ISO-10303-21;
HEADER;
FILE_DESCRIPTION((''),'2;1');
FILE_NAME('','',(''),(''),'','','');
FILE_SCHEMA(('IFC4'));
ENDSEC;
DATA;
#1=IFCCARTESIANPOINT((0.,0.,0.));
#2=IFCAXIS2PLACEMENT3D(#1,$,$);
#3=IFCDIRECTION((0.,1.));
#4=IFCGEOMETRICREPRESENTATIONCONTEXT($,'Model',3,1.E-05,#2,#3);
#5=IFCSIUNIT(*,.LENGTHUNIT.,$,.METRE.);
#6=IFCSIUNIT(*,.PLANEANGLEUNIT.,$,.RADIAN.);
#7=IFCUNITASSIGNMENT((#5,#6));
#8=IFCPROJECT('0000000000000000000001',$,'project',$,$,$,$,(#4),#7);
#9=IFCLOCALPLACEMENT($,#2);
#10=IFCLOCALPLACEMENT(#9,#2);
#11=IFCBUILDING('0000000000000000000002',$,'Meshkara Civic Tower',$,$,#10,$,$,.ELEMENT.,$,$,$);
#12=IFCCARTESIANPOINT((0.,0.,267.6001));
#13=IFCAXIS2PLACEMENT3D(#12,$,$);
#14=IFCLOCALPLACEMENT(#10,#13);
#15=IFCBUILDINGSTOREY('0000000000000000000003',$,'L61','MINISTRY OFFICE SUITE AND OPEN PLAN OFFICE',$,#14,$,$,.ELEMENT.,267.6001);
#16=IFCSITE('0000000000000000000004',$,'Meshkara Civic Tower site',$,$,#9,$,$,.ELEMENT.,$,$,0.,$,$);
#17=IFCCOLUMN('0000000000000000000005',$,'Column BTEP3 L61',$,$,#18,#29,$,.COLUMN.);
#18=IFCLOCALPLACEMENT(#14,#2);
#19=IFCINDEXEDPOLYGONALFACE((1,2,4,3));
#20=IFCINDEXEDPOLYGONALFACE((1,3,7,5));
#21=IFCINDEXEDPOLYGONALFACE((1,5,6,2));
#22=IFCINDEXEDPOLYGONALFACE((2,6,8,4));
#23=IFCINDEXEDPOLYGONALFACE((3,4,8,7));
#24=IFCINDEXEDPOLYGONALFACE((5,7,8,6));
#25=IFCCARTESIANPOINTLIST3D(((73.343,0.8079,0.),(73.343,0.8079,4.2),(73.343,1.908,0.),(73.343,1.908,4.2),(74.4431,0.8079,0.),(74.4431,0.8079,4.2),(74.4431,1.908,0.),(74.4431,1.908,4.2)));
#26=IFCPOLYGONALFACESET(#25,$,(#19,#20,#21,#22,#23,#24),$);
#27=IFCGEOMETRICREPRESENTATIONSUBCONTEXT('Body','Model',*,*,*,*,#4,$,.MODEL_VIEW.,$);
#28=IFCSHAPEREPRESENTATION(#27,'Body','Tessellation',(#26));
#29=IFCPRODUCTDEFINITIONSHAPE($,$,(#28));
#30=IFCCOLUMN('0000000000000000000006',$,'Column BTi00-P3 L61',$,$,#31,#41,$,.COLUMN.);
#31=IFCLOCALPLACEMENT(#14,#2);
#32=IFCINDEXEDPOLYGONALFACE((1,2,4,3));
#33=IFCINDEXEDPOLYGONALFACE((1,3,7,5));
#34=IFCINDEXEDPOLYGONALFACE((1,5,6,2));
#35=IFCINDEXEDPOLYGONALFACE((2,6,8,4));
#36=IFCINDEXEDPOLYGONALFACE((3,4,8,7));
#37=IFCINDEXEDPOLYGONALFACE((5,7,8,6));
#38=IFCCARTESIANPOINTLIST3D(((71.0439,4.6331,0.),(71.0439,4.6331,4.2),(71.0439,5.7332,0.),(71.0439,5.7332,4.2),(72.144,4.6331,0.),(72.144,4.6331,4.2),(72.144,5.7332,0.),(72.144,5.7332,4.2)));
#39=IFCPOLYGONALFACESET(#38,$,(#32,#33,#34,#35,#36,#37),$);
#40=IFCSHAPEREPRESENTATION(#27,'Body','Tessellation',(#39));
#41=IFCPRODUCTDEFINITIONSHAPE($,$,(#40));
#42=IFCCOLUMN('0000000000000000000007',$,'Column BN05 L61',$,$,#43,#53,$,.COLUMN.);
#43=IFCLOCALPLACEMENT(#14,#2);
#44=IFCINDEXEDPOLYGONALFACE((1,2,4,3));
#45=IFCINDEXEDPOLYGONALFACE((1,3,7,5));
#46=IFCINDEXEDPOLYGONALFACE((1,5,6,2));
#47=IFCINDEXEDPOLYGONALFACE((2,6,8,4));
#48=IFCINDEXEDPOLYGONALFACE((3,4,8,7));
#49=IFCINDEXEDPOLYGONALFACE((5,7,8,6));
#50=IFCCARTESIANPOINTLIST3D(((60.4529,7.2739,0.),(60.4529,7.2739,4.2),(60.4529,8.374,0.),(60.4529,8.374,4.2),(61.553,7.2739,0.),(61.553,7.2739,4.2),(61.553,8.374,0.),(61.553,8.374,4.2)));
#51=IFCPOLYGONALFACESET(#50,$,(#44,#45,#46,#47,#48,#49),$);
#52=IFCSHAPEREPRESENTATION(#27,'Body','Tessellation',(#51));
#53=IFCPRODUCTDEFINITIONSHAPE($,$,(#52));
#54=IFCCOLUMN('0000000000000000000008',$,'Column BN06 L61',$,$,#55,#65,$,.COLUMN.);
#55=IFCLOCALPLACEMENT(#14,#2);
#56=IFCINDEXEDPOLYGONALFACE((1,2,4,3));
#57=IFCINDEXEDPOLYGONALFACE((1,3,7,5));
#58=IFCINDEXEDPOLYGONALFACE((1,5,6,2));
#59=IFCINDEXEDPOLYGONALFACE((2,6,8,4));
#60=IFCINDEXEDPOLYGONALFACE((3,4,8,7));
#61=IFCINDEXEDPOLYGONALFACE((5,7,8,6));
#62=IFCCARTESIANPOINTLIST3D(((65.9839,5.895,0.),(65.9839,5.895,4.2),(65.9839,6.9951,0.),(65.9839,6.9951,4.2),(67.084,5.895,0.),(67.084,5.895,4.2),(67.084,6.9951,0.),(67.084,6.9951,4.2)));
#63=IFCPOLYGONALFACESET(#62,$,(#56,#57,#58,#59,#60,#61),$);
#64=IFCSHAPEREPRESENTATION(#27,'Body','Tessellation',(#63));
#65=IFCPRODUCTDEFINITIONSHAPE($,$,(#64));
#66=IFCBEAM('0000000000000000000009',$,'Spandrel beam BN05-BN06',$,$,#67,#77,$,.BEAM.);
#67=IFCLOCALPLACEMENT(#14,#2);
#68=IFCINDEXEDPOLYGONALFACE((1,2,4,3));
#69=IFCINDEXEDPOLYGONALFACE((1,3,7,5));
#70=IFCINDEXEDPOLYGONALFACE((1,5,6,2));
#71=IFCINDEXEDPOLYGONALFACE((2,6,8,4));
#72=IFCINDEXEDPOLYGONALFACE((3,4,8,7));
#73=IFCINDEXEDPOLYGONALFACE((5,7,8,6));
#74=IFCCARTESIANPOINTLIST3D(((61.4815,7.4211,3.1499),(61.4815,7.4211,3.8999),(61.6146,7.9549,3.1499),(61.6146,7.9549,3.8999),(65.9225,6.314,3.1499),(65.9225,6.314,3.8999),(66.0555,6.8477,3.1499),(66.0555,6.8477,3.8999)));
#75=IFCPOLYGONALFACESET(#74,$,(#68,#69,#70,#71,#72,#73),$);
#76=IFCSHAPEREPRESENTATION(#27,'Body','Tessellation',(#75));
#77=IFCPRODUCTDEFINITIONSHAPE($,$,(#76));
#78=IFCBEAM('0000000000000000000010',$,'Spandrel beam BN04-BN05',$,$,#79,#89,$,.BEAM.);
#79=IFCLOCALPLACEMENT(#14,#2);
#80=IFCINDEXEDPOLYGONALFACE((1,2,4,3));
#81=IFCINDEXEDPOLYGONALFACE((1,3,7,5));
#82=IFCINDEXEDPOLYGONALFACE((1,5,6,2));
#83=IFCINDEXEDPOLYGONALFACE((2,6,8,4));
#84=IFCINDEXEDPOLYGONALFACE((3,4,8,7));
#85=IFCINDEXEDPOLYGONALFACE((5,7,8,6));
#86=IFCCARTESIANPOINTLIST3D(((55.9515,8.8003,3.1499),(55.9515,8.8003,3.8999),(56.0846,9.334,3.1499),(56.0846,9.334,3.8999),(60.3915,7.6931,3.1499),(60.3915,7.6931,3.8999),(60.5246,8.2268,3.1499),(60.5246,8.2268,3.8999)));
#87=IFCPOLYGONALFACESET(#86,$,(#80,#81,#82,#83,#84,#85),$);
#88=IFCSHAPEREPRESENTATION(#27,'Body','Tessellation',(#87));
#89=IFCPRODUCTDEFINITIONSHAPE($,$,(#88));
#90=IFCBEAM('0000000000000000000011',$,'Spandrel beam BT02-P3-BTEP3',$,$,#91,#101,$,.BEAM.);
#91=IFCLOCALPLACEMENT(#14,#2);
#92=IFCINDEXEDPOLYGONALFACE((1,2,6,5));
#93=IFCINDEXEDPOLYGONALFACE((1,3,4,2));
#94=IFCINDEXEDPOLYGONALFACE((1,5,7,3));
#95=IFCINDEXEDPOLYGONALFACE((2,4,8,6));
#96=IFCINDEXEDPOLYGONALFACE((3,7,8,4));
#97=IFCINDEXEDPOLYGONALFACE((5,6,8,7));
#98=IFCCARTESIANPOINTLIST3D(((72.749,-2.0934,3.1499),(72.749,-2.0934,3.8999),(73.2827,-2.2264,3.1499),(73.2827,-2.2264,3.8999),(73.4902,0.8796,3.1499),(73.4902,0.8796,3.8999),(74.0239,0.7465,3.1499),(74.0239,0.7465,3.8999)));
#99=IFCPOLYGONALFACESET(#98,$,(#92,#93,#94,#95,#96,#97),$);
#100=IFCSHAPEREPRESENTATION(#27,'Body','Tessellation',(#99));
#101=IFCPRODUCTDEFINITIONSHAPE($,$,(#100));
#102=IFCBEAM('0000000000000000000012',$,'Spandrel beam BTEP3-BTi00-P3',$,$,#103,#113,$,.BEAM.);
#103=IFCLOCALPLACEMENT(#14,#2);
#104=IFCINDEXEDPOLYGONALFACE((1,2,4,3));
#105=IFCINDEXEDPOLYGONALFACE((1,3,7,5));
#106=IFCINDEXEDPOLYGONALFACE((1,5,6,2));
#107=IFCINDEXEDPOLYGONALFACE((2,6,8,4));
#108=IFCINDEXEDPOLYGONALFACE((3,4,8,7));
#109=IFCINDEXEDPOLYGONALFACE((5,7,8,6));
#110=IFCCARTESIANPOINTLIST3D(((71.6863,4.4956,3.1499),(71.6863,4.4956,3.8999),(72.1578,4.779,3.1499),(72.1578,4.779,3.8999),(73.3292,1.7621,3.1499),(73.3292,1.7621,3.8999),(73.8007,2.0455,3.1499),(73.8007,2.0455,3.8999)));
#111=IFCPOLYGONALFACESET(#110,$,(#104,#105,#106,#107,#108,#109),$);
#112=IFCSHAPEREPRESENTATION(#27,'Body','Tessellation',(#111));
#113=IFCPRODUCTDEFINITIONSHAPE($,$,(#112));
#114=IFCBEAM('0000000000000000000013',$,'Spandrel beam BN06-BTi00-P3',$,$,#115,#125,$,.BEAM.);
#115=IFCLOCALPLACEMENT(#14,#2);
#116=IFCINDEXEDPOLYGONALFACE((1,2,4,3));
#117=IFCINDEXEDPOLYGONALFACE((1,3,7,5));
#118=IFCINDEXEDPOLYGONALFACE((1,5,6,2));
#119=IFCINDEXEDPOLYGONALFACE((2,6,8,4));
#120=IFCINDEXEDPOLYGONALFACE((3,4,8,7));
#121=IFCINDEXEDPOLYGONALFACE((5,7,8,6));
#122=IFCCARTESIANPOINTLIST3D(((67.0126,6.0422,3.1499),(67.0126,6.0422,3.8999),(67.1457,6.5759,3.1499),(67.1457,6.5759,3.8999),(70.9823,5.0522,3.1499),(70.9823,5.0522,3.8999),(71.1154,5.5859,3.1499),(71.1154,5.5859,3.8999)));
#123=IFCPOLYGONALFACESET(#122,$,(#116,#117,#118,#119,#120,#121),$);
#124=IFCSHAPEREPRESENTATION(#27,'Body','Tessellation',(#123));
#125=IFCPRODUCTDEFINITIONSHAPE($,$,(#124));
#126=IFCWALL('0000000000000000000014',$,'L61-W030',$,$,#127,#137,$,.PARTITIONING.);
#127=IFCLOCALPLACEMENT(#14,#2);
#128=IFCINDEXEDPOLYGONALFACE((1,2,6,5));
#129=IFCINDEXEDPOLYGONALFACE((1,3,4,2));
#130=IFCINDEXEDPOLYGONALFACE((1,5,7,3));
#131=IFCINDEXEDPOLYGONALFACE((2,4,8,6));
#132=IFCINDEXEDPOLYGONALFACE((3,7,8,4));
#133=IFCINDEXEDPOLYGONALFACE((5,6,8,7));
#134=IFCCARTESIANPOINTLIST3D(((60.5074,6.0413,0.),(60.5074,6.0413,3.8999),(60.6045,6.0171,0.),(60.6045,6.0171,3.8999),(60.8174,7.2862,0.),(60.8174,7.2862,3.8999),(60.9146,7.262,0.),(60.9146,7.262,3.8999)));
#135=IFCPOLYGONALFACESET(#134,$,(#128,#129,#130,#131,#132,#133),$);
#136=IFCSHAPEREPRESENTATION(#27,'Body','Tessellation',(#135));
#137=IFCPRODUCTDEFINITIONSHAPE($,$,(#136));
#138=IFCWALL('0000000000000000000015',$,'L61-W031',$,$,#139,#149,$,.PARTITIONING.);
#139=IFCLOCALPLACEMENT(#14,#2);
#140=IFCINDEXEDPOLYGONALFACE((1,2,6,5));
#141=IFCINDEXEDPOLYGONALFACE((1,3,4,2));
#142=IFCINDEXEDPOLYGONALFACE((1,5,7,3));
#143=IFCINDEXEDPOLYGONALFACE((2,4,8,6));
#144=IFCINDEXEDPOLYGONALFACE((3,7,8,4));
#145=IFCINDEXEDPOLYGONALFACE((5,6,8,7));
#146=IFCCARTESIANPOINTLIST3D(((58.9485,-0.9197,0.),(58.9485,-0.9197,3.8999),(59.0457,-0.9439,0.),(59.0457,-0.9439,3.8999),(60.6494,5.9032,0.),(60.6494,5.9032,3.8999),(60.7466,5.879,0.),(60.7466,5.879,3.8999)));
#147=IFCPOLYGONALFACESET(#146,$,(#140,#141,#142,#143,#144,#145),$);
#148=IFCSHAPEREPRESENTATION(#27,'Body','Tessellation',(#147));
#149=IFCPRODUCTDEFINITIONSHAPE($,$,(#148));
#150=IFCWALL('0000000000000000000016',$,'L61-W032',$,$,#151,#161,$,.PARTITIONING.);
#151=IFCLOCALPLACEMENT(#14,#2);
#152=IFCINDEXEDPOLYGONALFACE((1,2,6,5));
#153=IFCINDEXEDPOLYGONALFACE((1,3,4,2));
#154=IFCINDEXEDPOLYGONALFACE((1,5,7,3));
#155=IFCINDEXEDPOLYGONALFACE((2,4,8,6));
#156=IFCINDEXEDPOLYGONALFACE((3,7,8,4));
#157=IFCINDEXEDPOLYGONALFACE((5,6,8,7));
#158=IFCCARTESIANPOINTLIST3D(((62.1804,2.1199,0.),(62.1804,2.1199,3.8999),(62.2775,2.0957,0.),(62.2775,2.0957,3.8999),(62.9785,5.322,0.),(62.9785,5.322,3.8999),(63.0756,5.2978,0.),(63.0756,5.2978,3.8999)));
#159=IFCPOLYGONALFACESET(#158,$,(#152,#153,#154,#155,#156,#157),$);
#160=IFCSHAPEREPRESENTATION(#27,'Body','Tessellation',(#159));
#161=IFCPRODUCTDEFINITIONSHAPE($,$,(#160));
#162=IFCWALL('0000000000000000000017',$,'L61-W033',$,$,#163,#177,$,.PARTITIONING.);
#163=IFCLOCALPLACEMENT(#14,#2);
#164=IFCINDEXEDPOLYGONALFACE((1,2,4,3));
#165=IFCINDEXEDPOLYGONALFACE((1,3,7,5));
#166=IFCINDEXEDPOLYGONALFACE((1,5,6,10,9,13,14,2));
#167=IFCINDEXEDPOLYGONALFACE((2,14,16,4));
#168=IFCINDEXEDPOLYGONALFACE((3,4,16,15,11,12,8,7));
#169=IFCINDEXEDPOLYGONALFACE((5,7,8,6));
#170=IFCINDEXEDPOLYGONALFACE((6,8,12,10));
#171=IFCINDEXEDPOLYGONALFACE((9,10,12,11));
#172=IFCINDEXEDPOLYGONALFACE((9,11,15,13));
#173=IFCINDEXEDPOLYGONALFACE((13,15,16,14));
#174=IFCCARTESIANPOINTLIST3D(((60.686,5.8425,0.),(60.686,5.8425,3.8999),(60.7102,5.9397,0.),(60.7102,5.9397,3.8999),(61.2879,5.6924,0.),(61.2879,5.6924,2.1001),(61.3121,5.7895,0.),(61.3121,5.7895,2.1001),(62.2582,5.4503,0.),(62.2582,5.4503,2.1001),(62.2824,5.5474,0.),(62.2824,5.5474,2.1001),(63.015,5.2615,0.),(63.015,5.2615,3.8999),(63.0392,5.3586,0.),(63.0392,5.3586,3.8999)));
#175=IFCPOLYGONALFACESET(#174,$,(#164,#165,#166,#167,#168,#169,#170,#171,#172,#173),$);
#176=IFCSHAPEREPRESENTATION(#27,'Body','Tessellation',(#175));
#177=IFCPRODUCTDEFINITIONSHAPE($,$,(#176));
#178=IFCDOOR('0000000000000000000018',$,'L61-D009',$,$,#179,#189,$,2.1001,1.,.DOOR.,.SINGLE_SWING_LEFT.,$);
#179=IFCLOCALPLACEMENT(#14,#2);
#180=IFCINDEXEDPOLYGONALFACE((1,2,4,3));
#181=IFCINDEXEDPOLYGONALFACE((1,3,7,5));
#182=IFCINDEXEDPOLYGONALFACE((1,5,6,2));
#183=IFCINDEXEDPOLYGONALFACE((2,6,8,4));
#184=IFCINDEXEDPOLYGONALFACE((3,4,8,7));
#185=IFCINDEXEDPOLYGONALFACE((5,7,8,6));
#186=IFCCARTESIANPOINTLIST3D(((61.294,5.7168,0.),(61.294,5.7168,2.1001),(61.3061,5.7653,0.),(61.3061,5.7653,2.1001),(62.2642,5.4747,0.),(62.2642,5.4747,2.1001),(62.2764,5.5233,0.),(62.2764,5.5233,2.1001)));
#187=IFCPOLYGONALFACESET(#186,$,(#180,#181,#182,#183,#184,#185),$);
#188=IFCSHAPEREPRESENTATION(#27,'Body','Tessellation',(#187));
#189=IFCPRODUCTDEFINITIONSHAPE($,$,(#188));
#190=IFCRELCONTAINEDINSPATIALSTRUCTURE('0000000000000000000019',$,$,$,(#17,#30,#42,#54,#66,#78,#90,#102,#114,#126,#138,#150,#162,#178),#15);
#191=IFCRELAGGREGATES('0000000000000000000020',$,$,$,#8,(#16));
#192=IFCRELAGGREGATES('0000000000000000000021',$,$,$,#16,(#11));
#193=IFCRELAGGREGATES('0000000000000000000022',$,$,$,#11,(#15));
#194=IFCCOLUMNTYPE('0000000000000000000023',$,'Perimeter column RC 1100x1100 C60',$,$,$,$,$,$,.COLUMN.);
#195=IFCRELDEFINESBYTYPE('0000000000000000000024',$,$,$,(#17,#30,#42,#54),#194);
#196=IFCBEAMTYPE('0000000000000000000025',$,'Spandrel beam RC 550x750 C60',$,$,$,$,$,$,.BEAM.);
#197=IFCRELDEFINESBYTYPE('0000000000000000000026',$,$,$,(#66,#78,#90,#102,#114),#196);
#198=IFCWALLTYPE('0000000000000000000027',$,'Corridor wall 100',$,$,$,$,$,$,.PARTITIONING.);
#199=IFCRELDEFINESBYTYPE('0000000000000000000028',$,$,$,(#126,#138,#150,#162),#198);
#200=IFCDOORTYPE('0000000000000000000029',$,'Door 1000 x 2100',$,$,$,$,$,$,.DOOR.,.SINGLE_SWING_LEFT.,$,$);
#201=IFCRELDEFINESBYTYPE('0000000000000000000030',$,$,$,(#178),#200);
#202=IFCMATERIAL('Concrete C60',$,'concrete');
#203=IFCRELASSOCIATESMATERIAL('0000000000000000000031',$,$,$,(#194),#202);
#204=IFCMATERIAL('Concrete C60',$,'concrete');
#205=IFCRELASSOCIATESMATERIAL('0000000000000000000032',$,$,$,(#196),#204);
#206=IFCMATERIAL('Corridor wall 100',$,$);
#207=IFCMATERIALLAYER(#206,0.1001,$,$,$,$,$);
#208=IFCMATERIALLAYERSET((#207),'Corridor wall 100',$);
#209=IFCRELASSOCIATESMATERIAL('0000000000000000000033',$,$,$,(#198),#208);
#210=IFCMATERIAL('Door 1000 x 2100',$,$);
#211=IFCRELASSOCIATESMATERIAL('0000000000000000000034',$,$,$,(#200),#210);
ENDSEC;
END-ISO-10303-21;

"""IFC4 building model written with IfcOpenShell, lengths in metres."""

from ifc_helpers import new_model, si_unit, direction, frame, frame_2d, origin, origin_2d, place, context, subcontext, project, spatial, rectangle, extrude, material, layer, layer_set, material_profile, profile_set, type_object, element, fill, save


model = new_model("IFC4")

# Units and contexts
model_context = context("Model", 3, precision=1e-05, world=origin(), true_north=direction((0.0, 1.0)))
body_context = subcontext(model_context, "Body", "Model", "MODEL_VIEW")
ifc_project = project(units=[si_unit("LENGTHUNIT", "METRE"), si_unit("PLANEANGLEUNIT", "RADIAN")], contexts=[model_context])

# Site, building, storey
site_placement = place(None, origin())
site = spatial("IfcSite", under=ifc_project, at=site_placement, Name="Meshkara Civic Tower site", CompositionType="ELEMENT", RefElevation=0.0)
building_placement = place(site_placement, origin())
building = spatial("IfcBuilding", under=site, at=building_placement, Name="Meshkara Civic Tower", CompositionType="ELEMENT")
storey_placement = place(building_placement, frame((0.0, 0.0, 267.6001)))
storey = spatial("IfcBuildingStorey", under=building, at=storey_placement, Name="L61", Description="MINISTRY OFFICE SUITE AND OPEN PLAN OFFICE", CompositionType="ELEMENT", Elevation=267.6001)

# Columns
ifc_material_1 = material(Name="Concrete C60", Category="concrete")
ifc_material_profile_1 = material_profile(ifc_material_1, rectangle(XDim=1.1001, YDim=1.1001, at=origin_2d()))
ifc_profile_set_1 = profile_set([ifc_material_profile_1], Name="Concrete C60")
column_type = type_object("IfcColumnType", Name="Perimeter column RC 1100x1100 C60", PredefinedType="COLUMN", material=ifc_profile_set_1)
for number, where, z_axis, x_axis, name in (
    (1, (73.8931, 1.3579, 0.0), (0.0, 0.0, 1.0), (1.0, 0.0, 0.0), "Column BTEP3 L61"),
    (2, (71.594, 5.1831, 0.0), (0.0, 0.0, 1.0), (1.0, 0.0, 0.0), "Column BTi00-P3 L61"),
    (3, (61.0029, 7.824, 0.0), (0.0, 0.0, 1.0), (1.0, 0.0, 0.0), "Column BN05 L61"),
    (4, (66.5339, 6.4451, 0.0), (0.0, 0.0, 1.0), (1.0, 0.0, 0.0), "Column BN06 L61"),
):
    element("IfcColumn", number, at=place(storey_placement, frame(where, z_axis=z_axis, x_axis=x_axis)), inside=storey, type_object=column_type, Name=name, PredefinedType="COLUMN", context=body_context, shape_type="SweptSolid", body=[
        extrude(rectangle(XDim=1.1001, YDim=1.1001, at=origin_2d()), origin(), (0.0, 0.0, 1.0), 4.2),
    ])

# Beams
ifc_material_2 = material(Name="Concrete C60", Category="concrete")
ifc_material_profile_2 = material_profile(ifc_material_2, rectangle(XDim=0.55, YDim=0.75, at=origin_2d()))
ifc_profile_set_2 = profile_set([ifc_material_profile_2], Name="Concrete C60")
beam_type = type_object("IfcBeamType", Name="Spandrel beam RC 550x750 C60", PredefinedType="BEAM", material=ifc_profile_set_2)
beam_1_placement = place(storey_placement, frame((65.989, 6.5808, 3.5249), z_axis=(-0.970299, 0.241908, 0.0), x_axis=(-0.241908, -0.970299, 0.0)))
element("IfcBeam", 5, at=beam_1_placement, inside=storey, type_object=beam_type, Name="Spandrel beam BN05-BN06", PredefinedType="BEAM", context=body_context, shape_type="SweptSolid", body=[
    extrude(rectangle(XDim=0.55, YDim=0.75, at=origin_2d()), origin(), (0.0, 0.0, 1.0), 4.5769),
])
beam_2_placement = place(storey_placement, frame((60.458, 7.96, 3.5249), z_axis=(-0.970287, 0.241958, 0.0), x_axis=(-0.241958, -0.970287, 0.0)))
element("IfcBeam", 6, at=beam_2_placement, inside=storey, type_object=beam_type, Name="Spandrel beam BN04-BN05", PredefinedType="BEAM", context=body_context, shape_type="SweptSolid", body=[
    extrude(rectangle(XDim=0.55, YDim=0.75, at=origin_2d()), origin(), (0.0, 0.0, 1.0), 4.5759),
])
beam_3_placement = place(storey_placement, frame((73.0159, -2.1599, 3.5249), z_axis=(0.241917, 0.970297, 0.0), x_axis=(-0.970297, 0.241917, 0.0)))
element("IfcBeam", 7, at=beam_3_placement, inside=storey, type_object=beam_type, Name="Spandrel beam BT02-P3-BTEP3", PredefinedType="BEAM", context=body_context, shape_type="SweptSolid", body=[
    extrude(rectangle(XDim=0.55, YDim=0.75, at=origin_2d()), origin(), (0.0, 0.0, 1.0), 3.064),
])
beam_4_placement = place(storey_placement, frame((73.5649, 1.9038, 3.5249), z_axis=(-0.515137, 0.857108, 0.0), x_axis=(-0.857108, -0.515137, 0.0)))
element("IfcBeam", 8, at=beam_4_placement, inside=storey, type_object=beam_type, Name="Spandrel beam BTEP3-BTi00-P3", PredefinedType="BEAM", context=body_context, shape_type="SweptSolid", body=[
    extrude(rectangle(XDim=0.55, YDim=0.75, at=origin_2d()), origin(), (0.0, 0.0, 1.0), 3.1892),
])
beam_5_placement = place(storey_placement, frame((71.0488, 5.3191, 3.5249), z_axis=(-0.970283, 0.241974, 0.0), x_axis=(-0.241974, -0.970283, 0.0)))
element("IfcBeam", 9, at=beam_5_placement, inside=storey, type_object=beam_type, Name="Spandrel beam BN06-BTi00-P3", PredefinedType="BEAM", context=body_context, shape_type="SweptSolid", body=[
    extrude(rectangle(XDim=0.55, YDim=0.75, at=origin_2d()), origin(), (0.0, 0.0, 1.0), 4.0913),
])

# Walls
ifc_material_3 = material(Name="Corridor wall 100")
ifc_layer_1 = layer(ifc_material_3, 0.1001)
ifc_layer_set_1 = layer_set([ifc_layer_1], Name="Corridor wall 100")
wall_type_1 = type_object("IfcWallType", Name="Corridor wall 100", PredefinedType="PARTITIONING", material=ifc_layer_set_1)
wall_1_placement = place(storey_placement, frame((60.5559, 6.0291, 0.0), z_axis=(0.0, 0.0, 1.0), x_axis=(0.241685, 0.970355, 0.0)))
element("IfcWall", 10, at=wall_1_placement, inside=storey, type_object=wall_type_1, Name="L61-W030", PredefinedType="PARTITIONING", context=body_context, shape_type="SweptSolid", body=[
    extrude(rectangle(XDim=1.283, YDim=0.1001, at=frame_2d((0.6416, 0.0))), origin(), (0.0, 0.0, 1.0), 3.8999),
])
wall_2_placement = place(storey_placement, frame((60.698, 5.8911, 0.0), z_axis=(0.0, 0.0, 1.0), x_axis=(-0.24189, -0.970304, 0.0)))
element("IfcWall", 11, at=wall_2_placement, inside=storey, type_object=wall_type_1, Name="L61-W031", PredefinedType="PARTITIONING", context=body_context, shape_type="SweptSolid", body=[
    extrude(rectangle(XDim=7.0317, YDim=0.1001, at=frame_2d((3.5159, 0.0))), origin(), (0.0, 0.0, 1.0), 3.8999),
])
wall_3_placement = place(storey_placement, frame((62.229, 2.1079, 0.0), z_axis=(0.0, 0.0, 1.0), x_axis=(0.241839, 0.970316, 0.0)))
element("IfcWall", 12, at=wall_3_placement, inside=storey, type_object=wall_type_1, Name="L61-W032", PredefinedType="PARTITIONING", context=body_context, shape_type="SweptSolid", body=[
    extrude(rectangle(XDim=3.3, YDim=0.1001, at=frame_2d((1.6499, 0.0))), origin(), (0.0, 0.0, 1.0), 3.8999),
])

# Wall, opening, door
wall_4_placement = place(storey_placement, frame((63.0271, 5.3101, 0.0), z_axis=(0.0, 0.0, 1.0), x_axis=(-0.970262, 0.242057, 0.0)))
wall_4 = element("IfcWall", 13, at=wall_4_placement, inside=storey, type_object=wall_type_1, Name="L61-W033", PredefinedType="PARTITIONING", context=body_context, shape_type="SweptSolid", body=[
    extrude(rectangle(XDim=2.4004, YDim=0.1001, at=frame_2d((1.2002, 0.0))), origin(), (0.0, 0.0, 1.0), 3.8999),
])
opening_1_placement = place(wall_4_placement, frame((0.78, 0.0, 0.0)))
opening_1 = element("IfcOpeningElement", 14, at=opening_1_placement, cuts=wall_4, PredefinedType="OPENING", context=body_context, shape_type="SweptSolid", body=[
    extrude(rectangle(XDim=1.0, YDim=2.1001, at=frame_2d((0.5, 1.05))), frame((0.0, 0.0601, 0.0), z_axis=(0.0, -1.0, 0.0), x_axis=(1.0, 0.0, 0.0)), (0.0, 0.0, 1.0), 0.1201),
])
ifc_material_4 = material(Name="Door 1000 x 2100")
door_type = type_object("IfcDoorType", Name="Door 1000 x 2100", OperationType="SINGLE_SWING_LEFT", PredefinedType="DOOR", material=ifc_material_4)
door_placement = place(opening_1_placement, origin())
door = element("IfcDoor", 15, at=door_placement, inside=storey, type_object=door_type, Name="L61-D009", OperationType="SINGLE_SWING_LEFT", OverallHeight=2.1001, OverallWidth=1.0, PredefinedType="DOOR", context=body_context, shape_type="SweptSolid", body=[
    extrude(rectangle(XDim=1.0, YDim=2.1001, at=frame_2d((0.5, 1.05))), frame((0.0, 0.0249, 0.0), z_axis=(0.0, -1.0, 0.0), x_axis=(1.0, 0.0, 0.0)), (0.0, 0.0, 1.0), 0.05),
])
fill(opening_1, door)

save(model, "model.ifc")
